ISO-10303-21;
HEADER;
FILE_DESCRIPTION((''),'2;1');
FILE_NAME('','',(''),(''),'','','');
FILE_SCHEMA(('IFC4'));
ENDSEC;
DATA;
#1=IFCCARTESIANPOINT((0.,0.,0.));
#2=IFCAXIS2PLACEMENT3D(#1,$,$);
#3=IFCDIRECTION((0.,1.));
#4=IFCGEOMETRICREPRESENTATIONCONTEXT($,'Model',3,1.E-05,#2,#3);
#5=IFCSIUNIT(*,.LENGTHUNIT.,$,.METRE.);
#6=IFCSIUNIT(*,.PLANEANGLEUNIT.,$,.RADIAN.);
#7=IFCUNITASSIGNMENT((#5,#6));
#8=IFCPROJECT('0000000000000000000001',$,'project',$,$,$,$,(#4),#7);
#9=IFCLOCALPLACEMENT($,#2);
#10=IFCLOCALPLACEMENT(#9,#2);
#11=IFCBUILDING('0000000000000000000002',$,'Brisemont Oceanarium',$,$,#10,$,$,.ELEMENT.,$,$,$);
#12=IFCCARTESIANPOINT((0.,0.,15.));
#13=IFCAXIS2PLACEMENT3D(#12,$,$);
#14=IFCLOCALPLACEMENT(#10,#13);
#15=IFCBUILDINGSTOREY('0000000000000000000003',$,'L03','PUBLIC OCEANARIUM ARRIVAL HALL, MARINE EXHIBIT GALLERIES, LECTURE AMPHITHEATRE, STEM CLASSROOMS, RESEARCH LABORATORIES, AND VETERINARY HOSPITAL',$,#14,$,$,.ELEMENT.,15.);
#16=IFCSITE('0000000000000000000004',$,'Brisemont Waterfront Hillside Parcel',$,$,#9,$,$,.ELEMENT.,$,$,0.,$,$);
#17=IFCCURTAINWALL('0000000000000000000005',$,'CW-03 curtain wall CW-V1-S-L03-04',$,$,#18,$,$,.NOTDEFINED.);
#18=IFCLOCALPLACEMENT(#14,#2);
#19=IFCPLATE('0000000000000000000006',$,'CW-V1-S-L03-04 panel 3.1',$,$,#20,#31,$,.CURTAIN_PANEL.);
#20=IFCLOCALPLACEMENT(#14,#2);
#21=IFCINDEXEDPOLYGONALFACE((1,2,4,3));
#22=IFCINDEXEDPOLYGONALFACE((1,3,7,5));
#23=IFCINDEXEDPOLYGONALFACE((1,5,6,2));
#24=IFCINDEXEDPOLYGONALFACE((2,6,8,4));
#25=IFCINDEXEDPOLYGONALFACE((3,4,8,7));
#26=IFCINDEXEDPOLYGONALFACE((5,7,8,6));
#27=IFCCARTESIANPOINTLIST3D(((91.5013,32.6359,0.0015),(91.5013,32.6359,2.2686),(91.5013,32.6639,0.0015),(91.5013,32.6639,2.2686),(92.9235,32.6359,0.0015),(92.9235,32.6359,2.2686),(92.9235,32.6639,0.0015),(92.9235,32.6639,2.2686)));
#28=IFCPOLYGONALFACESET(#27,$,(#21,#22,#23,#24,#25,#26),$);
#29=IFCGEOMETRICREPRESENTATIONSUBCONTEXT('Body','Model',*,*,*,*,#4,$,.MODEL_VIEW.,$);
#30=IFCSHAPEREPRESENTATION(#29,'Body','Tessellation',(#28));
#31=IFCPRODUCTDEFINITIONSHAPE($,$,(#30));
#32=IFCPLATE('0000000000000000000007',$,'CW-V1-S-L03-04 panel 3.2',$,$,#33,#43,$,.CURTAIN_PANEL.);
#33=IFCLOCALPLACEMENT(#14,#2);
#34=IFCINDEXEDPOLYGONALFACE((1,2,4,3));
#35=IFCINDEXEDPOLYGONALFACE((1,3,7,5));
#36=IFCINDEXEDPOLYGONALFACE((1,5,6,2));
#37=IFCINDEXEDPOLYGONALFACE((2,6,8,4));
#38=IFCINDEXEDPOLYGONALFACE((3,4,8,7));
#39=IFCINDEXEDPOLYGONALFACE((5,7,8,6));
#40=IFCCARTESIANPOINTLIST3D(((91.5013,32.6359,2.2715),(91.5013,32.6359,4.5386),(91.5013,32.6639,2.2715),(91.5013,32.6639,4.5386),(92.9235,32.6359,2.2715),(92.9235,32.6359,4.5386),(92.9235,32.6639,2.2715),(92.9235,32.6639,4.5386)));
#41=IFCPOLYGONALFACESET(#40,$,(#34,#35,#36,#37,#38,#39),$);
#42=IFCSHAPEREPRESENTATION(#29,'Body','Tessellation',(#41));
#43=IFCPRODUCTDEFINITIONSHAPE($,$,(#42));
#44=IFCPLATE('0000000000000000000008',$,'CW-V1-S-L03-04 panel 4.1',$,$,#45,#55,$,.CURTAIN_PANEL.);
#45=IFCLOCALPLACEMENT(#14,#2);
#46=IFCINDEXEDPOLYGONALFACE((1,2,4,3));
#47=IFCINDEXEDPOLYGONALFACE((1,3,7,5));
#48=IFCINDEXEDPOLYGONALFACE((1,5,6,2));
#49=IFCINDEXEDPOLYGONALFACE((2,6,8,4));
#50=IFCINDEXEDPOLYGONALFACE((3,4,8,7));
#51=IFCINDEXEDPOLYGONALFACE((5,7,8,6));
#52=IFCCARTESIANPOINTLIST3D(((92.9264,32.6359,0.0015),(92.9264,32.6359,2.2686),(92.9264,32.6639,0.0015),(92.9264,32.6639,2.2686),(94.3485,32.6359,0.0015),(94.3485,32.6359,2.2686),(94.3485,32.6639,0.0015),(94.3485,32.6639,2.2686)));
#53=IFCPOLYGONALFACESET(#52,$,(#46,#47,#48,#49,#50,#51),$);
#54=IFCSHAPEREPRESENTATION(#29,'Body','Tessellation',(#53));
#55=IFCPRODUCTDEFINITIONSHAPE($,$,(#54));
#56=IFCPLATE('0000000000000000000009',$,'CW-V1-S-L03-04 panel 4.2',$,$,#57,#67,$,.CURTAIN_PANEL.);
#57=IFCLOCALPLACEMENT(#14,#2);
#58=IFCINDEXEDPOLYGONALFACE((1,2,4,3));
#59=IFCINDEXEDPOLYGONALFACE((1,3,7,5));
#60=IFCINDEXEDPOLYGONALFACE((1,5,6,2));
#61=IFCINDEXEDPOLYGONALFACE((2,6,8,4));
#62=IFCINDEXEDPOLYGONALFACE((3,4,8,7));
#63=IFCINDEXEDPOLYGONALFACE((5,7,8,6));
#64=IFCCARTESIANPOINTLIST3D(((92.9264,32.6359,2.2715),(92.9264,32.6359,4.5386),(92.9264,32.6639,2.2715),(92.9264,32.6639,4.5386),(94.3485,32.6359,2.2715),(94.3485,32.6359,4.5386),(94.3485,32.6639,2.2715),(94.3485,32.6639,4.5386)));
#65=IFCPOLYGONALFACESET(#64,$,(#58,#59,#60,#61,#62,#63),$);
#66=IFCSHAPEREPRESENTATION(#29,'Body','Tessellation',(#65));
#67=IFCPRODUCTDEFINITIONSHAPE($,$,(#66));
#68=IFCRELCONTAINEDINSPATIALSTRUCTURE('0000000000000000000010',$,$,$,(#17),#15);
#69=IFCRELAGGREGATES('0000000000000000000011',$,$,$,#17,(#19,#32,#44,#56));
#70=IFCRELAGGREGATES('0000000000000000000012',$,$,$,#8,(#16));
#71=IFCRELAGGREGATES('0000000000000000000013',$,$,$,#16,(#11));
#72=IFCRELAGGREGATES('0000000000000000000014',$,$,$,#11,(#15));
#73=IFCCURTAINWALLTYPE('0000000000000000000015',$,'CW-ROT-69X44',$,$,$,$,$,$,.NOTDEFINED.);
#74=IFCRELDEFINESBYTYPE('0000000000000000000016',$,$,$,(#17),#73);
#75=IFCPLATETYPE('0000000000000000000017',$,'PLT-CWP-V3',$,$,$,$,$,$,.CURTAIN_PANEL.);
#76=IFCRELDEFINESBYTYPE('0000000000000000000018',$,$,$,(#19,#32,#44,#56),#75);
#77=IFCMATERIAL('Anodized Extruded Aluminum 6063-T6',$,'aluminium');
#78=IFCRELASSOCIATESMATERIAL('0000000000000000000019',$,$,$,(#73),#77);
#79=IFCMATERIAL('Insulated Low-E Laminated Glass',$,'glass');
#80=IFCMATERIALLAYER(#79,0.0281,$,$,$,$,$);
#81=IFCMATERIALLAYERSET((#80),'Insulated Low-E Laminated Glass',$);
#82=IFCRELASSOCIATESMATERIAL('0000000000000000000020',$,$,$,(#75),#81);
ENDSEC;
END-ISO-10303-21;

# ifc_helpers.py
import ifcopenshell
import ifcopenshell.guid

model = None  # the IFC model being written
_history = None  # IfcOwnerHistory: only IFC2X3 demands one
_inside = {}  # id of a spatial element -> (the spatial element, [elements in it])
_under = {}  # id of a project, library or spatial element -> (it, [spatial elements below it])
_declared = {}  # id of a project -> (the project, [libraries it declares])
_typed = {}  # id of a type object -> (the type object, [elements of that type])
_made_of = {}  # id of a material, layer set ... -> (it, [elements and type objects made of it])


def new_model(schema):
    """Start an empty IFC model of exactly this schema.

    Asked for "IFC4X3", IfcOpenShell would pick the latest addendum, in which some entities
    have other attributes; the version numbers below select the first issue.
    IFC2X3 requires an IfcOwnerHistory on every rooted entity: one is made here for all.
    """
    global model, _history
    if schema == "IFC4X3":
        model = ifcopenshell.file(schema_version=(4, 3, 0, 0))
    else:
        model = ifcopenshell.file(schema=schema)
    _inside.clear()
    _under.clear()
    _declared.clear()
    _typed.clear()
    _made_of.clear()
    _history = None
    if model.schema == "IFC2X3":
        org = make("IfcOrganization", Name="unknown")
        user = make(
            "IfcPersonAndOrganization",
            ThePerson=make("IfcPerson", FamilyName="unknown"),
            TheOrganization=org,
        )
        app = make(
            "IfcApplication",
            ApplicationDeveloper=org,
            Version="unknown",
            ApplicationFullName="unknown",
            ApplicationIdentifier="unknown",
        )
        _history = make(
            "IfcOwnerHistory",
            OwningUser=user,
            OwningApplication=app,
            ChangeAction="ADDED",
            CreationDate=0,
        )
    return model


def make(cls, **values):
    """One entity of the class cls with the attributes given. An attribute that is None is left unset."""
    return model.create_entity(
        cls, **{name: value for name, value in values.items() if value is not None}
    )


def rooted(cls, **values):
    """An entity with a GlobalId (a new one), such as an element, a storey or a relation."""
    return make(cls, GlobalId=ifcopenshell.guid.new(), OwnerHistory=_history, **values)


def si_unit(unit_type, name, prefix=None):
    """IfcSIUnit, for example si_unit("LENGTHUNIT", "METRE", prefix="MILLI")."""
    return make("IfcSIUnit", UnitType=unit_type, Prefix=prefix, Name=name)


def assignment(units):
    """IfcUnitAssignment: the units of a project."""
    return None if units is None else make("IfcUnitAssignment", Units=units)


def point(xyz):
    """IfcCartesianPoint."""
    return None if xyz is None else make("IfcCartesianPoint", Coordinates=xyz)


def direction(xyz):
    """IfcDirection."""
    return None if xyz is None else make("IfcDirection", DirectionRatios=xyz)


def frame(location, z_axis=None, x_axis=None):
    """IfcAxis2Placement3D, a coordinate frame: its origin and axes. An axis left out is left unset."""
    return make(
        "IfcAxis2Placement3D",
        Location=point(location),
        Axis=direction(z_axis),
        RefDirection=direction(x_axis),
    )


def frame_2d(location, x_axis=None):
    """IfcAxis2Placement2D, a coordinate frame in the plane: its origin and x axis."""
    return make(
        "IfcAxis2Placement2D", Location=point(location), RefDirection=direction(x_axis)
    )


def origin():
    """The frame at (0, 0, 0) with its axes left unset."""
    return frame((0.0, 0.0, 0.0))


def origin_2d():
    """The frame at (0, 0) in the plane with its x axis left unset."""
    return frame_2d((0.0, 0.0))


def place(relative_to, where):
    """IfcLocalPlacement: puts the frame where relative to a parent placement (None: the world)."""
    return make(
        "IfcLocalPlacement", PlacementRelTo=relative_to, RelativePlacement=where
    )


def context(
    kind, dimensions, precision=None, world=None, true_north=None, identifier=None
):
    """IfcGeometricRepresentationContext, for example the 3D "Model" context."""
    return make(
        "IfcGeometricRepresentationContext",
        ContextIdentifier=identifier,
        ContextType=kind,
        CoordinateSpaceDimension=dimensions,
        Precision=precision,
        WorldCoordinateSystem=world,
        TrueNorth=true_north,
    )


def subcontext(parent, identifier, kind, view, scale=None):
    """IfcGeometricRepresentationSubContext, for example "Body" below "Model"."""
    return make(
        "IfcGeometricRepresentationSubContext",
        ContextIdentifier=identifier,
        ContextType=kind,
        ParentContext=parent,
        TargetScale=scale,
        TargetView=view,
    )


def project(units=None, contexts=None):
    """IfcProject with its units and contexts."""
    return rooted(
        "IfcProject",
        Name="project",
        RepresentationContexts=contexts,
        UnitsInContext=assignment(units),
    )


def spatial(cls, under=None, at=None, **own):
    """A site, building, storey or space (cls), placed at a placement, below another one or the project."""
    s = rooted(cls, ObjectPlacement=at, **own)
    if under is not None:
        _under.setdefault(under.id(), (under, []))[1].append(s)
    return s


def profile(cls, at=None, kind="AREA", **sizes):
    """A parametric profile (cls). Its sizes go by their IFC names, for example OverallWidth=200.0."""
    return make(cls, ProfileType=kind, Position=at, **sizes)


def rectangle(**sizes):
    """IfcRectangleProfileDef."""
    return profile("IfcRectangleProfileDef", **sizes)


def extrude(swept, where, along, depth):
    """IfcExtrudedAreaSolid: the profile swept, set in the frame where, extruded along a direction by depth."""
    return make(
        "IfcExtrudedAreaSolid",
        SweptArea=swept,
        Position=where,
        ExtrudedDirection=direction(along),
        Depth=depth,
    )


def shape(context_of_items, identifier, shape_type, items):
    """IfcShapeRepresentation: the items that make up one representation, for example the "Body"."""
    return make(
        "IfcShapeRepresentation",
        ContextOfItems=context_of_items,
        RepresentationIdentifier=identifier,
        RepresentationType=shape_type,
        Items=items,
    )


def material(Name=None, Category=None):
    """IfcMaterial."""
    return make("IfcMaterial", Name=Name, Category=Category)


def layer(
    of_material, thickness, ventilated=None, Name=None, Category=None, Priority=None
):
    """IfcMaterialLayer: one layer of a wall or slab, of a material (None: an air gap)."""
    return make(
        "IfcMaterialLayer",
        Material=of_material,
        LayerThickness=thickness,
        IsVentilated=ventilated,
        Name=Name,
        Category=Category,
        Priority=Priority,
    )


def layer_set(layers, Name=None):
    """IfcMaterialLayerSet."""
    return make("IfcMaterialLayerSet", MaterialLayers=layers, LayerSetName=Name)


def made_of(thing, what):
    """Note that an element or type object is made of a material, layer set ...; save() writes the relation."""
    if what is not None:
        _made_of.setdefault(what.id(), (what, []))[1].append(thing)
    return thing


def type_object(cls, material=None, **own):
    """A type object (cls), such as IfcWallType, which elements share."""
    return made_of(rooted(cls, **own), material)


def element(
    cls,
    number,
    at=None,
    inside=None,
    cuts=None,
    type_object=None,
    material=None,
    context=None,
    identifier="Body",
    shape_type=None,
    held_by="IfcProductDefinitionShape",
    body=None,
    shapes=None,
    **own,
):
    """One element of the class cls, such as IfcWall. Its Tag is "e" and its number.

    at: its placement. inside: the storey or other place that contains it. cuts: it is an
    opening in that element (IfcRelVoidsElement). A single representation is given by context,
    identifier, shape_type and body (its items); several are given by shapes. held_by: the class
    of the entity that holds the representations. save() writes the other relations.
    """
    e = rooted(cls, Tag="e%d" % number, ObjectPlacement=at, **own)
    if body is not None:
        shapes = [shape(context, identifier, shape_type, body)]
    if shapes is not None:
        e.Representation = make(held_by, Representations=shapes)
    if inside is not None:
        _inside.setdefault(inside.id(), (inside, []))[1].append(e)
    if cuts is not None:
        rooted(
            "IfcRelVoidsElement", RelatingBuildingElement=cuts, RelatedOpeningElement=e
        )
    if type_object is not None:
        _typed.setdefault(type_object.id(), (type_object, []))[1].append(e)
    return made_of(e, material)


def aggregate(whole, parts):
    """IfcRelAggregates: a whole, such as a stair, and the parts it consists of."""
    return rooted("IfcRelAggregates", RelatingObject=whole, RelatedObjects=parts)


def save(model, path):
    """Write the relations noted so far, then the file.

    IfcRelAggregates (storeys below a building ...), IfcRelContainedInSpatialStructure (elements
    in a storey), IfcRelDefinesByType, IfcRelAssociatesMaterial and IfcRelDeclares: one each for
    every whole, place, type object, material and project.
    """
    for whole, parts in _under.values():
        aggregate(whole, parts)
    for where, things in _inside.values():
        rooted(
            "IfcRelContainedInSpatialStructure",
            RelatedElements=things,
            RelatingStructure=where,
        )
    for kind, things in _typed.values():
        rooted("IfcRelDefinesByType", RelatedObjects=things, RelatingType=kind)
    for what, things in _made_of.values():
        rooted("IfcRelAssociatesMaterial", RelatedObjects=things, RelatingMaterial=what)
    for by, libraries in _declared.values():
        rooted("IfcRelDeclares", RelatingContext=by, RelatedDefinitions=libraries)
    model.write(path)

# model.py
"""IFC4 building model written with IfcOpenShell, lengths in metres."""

from ifc_helpers import new_model, si_unit, direction, frame, origin, origin_2d, place, context, subcontext, project, spatial, rectangle, extrude, material, layer, layer_set, type_object, element, aggregate, save


model = new_model("IFC4")

# Units and contexts
model_context = context("Model", 3, precision=1e-05, world=origin(), true_north=direction((0.0, 1.0)))
body_context = subcontext(model_context, "Body", "Model", "MODEL_VIEW")
ifc_project = project(units=[si_unit("LENGTHUNIT", "METRE"), si_unit("PLANEANGLEUNIT", "RADIAN")], contexts=[model_context])

# Site, building, storey
site_placement = place(None, origin())
site = spatial("IfcSite", under=ifc_project, at=site_placement, Name="Brisemont Waterfront Hillside Parcel", CompositionType="ELEMENT", RefElevation=0.0)
building_placement = place(site_placement, origin())
building = spatial("IfcBuilding", under=site, at=building_placement, Name="Brisemont Oceanarium", CompositionType="ELEMENT")
storey_placement = place(building_placement, frame((0.0, 0.0, 15.0)))
storey = spatial("IfcBuildingStorey", under=building, at=storey_placement, Name="L03", Description="PUBLIC OCEANARIUM ARRIVAL HALL, MARINE EXHIBIT GALLERIES, LECTURE AMPHITHEATRE, STEM CLASSROOMS, RESEARCH LABORATORIES, AND VETERINARY HOSPITAL", CompositionType="ELEMENT", Elevation=15.0)

# Shared definitions
ifc_material_1 = material(Name="Anodized Extruded Aluminum 6063-T6", Category="aluminium")
curtain_wall_type = type_object("IfcCurtainWallType", Name="CW-ROT-69X44", PredefinedType="NOTDEFINED", material=ifc_material_1)

# Curtain wall
curtain_wall_1_placement = place(storey_placement, origin())
curtain_wall_1 = element("IfcCurtainWall", 1, at=curtain_wall_1_placement, inside=storey, type_object=curtain_wall_type, Name="CW-03 curtain wall CW-V1-S-L03-04", PredefinedType="NOTDEFINED")

# Plates
ifc_material_2 = material(Name="Insulated Low-E Laminated Glass", Category="glass")
ifc_layer = layer(ifc_material_2, 0.0281)
ifc_layer_set = layer_set([ifc_layer], Name="Insulated Low-E Laminated Glass")
plate_type = type_object("IfcPlateType", Name="PLT-CWP-V3", PredefinedType="CURTAIN_PANEL", material=ifc_layer_set)
plate_1_placement = place(storey_placement, frame((92.2124, 32.6499, 0.0015), z_axis=(0.0, 0.0, 1.0), x_axis=(1.0, 0.0, 0.0)))
plate_1 = element("IfcPlate", 2, at=plate_1_placement, type_object=plate_type, Name="CW-V1-S-L03-04 panel 3.1", PredefinedType="CURTAIN_PANEL", context=body_context, shape_type="SweptSolid", body=[
    extrude(rectangle(XDim=1.4221, YDim=0.0281, at=origin_2d()), origin(), (0.0, 0.0, 1.0), 2.2671),
])
plate_2_placement = place(storey_placement, frame((92.2124, 32.6499, 2.2715), z_axis=(0.0, 0.0, 1.0), x_axis=(1.0, 0.0, 0.0)))
plate_2 = element("IfcPlate", 3, at=plate_2_placement, type_object=plate_type, Name="CW-V1-S-L03-04 panel 3.2", PredefinedType="CURTAIN_PANEL", context=body_context, shape_type="SweptSolid", body=[
    extrude(rectangle(XDim=1.4221, YDim=0.0281, at=origin_2d()), origin(), (0.0, 0.0, 1.0), 2.2671),
])
plate_3_placement = place(storey_placement, frame((93.6375, 32.6499, 0.0015), z_axis=(0.0, 0.0, 1.0), x_axis=(1.0, 0.0, 0.0)))
plate_3 = element("IfcPlate", 4, at=plate_3_placement, type_object=plate_type, Name="CW-V1-S-L03-04 panel 4.1", PredefinedType="CURTAIN_PANEL", context=body_context, shape_type="SweptSolid", body=[
    extrude(rectangle(XDim=1.4221, YDim=0.0281, at=origin_2d()), origin(), (0.0, 0.0, 1.0), 2.2671),
])
plate_4_placement = place(storey_placement, frame((93.6375, 32.6499, 2.2715), z_axis=(0.0, 0.0, 1.0), x_axis=(1.0, 0.0, 0.0)))
plate_4 = element("IfcPlate", 5, at=plate_4_placement, type_object=plate_type, Name="CW-V1-S-L03-04 panel 4.2", PredefinedType="CURTAIN_PANEL", context=body_context, shape_type="SweptSolid", body=[
    extrude(rectangle(XDim=1.4221, YDim=0.0281, at=origin_2d()), origin(), (0.0, 0.0, 1.0), 2.2671),
])
aggregate(curtain_wall_1, [plate_1, plate_2, plate_3, plate_4])

save(model, "model.ifc")
